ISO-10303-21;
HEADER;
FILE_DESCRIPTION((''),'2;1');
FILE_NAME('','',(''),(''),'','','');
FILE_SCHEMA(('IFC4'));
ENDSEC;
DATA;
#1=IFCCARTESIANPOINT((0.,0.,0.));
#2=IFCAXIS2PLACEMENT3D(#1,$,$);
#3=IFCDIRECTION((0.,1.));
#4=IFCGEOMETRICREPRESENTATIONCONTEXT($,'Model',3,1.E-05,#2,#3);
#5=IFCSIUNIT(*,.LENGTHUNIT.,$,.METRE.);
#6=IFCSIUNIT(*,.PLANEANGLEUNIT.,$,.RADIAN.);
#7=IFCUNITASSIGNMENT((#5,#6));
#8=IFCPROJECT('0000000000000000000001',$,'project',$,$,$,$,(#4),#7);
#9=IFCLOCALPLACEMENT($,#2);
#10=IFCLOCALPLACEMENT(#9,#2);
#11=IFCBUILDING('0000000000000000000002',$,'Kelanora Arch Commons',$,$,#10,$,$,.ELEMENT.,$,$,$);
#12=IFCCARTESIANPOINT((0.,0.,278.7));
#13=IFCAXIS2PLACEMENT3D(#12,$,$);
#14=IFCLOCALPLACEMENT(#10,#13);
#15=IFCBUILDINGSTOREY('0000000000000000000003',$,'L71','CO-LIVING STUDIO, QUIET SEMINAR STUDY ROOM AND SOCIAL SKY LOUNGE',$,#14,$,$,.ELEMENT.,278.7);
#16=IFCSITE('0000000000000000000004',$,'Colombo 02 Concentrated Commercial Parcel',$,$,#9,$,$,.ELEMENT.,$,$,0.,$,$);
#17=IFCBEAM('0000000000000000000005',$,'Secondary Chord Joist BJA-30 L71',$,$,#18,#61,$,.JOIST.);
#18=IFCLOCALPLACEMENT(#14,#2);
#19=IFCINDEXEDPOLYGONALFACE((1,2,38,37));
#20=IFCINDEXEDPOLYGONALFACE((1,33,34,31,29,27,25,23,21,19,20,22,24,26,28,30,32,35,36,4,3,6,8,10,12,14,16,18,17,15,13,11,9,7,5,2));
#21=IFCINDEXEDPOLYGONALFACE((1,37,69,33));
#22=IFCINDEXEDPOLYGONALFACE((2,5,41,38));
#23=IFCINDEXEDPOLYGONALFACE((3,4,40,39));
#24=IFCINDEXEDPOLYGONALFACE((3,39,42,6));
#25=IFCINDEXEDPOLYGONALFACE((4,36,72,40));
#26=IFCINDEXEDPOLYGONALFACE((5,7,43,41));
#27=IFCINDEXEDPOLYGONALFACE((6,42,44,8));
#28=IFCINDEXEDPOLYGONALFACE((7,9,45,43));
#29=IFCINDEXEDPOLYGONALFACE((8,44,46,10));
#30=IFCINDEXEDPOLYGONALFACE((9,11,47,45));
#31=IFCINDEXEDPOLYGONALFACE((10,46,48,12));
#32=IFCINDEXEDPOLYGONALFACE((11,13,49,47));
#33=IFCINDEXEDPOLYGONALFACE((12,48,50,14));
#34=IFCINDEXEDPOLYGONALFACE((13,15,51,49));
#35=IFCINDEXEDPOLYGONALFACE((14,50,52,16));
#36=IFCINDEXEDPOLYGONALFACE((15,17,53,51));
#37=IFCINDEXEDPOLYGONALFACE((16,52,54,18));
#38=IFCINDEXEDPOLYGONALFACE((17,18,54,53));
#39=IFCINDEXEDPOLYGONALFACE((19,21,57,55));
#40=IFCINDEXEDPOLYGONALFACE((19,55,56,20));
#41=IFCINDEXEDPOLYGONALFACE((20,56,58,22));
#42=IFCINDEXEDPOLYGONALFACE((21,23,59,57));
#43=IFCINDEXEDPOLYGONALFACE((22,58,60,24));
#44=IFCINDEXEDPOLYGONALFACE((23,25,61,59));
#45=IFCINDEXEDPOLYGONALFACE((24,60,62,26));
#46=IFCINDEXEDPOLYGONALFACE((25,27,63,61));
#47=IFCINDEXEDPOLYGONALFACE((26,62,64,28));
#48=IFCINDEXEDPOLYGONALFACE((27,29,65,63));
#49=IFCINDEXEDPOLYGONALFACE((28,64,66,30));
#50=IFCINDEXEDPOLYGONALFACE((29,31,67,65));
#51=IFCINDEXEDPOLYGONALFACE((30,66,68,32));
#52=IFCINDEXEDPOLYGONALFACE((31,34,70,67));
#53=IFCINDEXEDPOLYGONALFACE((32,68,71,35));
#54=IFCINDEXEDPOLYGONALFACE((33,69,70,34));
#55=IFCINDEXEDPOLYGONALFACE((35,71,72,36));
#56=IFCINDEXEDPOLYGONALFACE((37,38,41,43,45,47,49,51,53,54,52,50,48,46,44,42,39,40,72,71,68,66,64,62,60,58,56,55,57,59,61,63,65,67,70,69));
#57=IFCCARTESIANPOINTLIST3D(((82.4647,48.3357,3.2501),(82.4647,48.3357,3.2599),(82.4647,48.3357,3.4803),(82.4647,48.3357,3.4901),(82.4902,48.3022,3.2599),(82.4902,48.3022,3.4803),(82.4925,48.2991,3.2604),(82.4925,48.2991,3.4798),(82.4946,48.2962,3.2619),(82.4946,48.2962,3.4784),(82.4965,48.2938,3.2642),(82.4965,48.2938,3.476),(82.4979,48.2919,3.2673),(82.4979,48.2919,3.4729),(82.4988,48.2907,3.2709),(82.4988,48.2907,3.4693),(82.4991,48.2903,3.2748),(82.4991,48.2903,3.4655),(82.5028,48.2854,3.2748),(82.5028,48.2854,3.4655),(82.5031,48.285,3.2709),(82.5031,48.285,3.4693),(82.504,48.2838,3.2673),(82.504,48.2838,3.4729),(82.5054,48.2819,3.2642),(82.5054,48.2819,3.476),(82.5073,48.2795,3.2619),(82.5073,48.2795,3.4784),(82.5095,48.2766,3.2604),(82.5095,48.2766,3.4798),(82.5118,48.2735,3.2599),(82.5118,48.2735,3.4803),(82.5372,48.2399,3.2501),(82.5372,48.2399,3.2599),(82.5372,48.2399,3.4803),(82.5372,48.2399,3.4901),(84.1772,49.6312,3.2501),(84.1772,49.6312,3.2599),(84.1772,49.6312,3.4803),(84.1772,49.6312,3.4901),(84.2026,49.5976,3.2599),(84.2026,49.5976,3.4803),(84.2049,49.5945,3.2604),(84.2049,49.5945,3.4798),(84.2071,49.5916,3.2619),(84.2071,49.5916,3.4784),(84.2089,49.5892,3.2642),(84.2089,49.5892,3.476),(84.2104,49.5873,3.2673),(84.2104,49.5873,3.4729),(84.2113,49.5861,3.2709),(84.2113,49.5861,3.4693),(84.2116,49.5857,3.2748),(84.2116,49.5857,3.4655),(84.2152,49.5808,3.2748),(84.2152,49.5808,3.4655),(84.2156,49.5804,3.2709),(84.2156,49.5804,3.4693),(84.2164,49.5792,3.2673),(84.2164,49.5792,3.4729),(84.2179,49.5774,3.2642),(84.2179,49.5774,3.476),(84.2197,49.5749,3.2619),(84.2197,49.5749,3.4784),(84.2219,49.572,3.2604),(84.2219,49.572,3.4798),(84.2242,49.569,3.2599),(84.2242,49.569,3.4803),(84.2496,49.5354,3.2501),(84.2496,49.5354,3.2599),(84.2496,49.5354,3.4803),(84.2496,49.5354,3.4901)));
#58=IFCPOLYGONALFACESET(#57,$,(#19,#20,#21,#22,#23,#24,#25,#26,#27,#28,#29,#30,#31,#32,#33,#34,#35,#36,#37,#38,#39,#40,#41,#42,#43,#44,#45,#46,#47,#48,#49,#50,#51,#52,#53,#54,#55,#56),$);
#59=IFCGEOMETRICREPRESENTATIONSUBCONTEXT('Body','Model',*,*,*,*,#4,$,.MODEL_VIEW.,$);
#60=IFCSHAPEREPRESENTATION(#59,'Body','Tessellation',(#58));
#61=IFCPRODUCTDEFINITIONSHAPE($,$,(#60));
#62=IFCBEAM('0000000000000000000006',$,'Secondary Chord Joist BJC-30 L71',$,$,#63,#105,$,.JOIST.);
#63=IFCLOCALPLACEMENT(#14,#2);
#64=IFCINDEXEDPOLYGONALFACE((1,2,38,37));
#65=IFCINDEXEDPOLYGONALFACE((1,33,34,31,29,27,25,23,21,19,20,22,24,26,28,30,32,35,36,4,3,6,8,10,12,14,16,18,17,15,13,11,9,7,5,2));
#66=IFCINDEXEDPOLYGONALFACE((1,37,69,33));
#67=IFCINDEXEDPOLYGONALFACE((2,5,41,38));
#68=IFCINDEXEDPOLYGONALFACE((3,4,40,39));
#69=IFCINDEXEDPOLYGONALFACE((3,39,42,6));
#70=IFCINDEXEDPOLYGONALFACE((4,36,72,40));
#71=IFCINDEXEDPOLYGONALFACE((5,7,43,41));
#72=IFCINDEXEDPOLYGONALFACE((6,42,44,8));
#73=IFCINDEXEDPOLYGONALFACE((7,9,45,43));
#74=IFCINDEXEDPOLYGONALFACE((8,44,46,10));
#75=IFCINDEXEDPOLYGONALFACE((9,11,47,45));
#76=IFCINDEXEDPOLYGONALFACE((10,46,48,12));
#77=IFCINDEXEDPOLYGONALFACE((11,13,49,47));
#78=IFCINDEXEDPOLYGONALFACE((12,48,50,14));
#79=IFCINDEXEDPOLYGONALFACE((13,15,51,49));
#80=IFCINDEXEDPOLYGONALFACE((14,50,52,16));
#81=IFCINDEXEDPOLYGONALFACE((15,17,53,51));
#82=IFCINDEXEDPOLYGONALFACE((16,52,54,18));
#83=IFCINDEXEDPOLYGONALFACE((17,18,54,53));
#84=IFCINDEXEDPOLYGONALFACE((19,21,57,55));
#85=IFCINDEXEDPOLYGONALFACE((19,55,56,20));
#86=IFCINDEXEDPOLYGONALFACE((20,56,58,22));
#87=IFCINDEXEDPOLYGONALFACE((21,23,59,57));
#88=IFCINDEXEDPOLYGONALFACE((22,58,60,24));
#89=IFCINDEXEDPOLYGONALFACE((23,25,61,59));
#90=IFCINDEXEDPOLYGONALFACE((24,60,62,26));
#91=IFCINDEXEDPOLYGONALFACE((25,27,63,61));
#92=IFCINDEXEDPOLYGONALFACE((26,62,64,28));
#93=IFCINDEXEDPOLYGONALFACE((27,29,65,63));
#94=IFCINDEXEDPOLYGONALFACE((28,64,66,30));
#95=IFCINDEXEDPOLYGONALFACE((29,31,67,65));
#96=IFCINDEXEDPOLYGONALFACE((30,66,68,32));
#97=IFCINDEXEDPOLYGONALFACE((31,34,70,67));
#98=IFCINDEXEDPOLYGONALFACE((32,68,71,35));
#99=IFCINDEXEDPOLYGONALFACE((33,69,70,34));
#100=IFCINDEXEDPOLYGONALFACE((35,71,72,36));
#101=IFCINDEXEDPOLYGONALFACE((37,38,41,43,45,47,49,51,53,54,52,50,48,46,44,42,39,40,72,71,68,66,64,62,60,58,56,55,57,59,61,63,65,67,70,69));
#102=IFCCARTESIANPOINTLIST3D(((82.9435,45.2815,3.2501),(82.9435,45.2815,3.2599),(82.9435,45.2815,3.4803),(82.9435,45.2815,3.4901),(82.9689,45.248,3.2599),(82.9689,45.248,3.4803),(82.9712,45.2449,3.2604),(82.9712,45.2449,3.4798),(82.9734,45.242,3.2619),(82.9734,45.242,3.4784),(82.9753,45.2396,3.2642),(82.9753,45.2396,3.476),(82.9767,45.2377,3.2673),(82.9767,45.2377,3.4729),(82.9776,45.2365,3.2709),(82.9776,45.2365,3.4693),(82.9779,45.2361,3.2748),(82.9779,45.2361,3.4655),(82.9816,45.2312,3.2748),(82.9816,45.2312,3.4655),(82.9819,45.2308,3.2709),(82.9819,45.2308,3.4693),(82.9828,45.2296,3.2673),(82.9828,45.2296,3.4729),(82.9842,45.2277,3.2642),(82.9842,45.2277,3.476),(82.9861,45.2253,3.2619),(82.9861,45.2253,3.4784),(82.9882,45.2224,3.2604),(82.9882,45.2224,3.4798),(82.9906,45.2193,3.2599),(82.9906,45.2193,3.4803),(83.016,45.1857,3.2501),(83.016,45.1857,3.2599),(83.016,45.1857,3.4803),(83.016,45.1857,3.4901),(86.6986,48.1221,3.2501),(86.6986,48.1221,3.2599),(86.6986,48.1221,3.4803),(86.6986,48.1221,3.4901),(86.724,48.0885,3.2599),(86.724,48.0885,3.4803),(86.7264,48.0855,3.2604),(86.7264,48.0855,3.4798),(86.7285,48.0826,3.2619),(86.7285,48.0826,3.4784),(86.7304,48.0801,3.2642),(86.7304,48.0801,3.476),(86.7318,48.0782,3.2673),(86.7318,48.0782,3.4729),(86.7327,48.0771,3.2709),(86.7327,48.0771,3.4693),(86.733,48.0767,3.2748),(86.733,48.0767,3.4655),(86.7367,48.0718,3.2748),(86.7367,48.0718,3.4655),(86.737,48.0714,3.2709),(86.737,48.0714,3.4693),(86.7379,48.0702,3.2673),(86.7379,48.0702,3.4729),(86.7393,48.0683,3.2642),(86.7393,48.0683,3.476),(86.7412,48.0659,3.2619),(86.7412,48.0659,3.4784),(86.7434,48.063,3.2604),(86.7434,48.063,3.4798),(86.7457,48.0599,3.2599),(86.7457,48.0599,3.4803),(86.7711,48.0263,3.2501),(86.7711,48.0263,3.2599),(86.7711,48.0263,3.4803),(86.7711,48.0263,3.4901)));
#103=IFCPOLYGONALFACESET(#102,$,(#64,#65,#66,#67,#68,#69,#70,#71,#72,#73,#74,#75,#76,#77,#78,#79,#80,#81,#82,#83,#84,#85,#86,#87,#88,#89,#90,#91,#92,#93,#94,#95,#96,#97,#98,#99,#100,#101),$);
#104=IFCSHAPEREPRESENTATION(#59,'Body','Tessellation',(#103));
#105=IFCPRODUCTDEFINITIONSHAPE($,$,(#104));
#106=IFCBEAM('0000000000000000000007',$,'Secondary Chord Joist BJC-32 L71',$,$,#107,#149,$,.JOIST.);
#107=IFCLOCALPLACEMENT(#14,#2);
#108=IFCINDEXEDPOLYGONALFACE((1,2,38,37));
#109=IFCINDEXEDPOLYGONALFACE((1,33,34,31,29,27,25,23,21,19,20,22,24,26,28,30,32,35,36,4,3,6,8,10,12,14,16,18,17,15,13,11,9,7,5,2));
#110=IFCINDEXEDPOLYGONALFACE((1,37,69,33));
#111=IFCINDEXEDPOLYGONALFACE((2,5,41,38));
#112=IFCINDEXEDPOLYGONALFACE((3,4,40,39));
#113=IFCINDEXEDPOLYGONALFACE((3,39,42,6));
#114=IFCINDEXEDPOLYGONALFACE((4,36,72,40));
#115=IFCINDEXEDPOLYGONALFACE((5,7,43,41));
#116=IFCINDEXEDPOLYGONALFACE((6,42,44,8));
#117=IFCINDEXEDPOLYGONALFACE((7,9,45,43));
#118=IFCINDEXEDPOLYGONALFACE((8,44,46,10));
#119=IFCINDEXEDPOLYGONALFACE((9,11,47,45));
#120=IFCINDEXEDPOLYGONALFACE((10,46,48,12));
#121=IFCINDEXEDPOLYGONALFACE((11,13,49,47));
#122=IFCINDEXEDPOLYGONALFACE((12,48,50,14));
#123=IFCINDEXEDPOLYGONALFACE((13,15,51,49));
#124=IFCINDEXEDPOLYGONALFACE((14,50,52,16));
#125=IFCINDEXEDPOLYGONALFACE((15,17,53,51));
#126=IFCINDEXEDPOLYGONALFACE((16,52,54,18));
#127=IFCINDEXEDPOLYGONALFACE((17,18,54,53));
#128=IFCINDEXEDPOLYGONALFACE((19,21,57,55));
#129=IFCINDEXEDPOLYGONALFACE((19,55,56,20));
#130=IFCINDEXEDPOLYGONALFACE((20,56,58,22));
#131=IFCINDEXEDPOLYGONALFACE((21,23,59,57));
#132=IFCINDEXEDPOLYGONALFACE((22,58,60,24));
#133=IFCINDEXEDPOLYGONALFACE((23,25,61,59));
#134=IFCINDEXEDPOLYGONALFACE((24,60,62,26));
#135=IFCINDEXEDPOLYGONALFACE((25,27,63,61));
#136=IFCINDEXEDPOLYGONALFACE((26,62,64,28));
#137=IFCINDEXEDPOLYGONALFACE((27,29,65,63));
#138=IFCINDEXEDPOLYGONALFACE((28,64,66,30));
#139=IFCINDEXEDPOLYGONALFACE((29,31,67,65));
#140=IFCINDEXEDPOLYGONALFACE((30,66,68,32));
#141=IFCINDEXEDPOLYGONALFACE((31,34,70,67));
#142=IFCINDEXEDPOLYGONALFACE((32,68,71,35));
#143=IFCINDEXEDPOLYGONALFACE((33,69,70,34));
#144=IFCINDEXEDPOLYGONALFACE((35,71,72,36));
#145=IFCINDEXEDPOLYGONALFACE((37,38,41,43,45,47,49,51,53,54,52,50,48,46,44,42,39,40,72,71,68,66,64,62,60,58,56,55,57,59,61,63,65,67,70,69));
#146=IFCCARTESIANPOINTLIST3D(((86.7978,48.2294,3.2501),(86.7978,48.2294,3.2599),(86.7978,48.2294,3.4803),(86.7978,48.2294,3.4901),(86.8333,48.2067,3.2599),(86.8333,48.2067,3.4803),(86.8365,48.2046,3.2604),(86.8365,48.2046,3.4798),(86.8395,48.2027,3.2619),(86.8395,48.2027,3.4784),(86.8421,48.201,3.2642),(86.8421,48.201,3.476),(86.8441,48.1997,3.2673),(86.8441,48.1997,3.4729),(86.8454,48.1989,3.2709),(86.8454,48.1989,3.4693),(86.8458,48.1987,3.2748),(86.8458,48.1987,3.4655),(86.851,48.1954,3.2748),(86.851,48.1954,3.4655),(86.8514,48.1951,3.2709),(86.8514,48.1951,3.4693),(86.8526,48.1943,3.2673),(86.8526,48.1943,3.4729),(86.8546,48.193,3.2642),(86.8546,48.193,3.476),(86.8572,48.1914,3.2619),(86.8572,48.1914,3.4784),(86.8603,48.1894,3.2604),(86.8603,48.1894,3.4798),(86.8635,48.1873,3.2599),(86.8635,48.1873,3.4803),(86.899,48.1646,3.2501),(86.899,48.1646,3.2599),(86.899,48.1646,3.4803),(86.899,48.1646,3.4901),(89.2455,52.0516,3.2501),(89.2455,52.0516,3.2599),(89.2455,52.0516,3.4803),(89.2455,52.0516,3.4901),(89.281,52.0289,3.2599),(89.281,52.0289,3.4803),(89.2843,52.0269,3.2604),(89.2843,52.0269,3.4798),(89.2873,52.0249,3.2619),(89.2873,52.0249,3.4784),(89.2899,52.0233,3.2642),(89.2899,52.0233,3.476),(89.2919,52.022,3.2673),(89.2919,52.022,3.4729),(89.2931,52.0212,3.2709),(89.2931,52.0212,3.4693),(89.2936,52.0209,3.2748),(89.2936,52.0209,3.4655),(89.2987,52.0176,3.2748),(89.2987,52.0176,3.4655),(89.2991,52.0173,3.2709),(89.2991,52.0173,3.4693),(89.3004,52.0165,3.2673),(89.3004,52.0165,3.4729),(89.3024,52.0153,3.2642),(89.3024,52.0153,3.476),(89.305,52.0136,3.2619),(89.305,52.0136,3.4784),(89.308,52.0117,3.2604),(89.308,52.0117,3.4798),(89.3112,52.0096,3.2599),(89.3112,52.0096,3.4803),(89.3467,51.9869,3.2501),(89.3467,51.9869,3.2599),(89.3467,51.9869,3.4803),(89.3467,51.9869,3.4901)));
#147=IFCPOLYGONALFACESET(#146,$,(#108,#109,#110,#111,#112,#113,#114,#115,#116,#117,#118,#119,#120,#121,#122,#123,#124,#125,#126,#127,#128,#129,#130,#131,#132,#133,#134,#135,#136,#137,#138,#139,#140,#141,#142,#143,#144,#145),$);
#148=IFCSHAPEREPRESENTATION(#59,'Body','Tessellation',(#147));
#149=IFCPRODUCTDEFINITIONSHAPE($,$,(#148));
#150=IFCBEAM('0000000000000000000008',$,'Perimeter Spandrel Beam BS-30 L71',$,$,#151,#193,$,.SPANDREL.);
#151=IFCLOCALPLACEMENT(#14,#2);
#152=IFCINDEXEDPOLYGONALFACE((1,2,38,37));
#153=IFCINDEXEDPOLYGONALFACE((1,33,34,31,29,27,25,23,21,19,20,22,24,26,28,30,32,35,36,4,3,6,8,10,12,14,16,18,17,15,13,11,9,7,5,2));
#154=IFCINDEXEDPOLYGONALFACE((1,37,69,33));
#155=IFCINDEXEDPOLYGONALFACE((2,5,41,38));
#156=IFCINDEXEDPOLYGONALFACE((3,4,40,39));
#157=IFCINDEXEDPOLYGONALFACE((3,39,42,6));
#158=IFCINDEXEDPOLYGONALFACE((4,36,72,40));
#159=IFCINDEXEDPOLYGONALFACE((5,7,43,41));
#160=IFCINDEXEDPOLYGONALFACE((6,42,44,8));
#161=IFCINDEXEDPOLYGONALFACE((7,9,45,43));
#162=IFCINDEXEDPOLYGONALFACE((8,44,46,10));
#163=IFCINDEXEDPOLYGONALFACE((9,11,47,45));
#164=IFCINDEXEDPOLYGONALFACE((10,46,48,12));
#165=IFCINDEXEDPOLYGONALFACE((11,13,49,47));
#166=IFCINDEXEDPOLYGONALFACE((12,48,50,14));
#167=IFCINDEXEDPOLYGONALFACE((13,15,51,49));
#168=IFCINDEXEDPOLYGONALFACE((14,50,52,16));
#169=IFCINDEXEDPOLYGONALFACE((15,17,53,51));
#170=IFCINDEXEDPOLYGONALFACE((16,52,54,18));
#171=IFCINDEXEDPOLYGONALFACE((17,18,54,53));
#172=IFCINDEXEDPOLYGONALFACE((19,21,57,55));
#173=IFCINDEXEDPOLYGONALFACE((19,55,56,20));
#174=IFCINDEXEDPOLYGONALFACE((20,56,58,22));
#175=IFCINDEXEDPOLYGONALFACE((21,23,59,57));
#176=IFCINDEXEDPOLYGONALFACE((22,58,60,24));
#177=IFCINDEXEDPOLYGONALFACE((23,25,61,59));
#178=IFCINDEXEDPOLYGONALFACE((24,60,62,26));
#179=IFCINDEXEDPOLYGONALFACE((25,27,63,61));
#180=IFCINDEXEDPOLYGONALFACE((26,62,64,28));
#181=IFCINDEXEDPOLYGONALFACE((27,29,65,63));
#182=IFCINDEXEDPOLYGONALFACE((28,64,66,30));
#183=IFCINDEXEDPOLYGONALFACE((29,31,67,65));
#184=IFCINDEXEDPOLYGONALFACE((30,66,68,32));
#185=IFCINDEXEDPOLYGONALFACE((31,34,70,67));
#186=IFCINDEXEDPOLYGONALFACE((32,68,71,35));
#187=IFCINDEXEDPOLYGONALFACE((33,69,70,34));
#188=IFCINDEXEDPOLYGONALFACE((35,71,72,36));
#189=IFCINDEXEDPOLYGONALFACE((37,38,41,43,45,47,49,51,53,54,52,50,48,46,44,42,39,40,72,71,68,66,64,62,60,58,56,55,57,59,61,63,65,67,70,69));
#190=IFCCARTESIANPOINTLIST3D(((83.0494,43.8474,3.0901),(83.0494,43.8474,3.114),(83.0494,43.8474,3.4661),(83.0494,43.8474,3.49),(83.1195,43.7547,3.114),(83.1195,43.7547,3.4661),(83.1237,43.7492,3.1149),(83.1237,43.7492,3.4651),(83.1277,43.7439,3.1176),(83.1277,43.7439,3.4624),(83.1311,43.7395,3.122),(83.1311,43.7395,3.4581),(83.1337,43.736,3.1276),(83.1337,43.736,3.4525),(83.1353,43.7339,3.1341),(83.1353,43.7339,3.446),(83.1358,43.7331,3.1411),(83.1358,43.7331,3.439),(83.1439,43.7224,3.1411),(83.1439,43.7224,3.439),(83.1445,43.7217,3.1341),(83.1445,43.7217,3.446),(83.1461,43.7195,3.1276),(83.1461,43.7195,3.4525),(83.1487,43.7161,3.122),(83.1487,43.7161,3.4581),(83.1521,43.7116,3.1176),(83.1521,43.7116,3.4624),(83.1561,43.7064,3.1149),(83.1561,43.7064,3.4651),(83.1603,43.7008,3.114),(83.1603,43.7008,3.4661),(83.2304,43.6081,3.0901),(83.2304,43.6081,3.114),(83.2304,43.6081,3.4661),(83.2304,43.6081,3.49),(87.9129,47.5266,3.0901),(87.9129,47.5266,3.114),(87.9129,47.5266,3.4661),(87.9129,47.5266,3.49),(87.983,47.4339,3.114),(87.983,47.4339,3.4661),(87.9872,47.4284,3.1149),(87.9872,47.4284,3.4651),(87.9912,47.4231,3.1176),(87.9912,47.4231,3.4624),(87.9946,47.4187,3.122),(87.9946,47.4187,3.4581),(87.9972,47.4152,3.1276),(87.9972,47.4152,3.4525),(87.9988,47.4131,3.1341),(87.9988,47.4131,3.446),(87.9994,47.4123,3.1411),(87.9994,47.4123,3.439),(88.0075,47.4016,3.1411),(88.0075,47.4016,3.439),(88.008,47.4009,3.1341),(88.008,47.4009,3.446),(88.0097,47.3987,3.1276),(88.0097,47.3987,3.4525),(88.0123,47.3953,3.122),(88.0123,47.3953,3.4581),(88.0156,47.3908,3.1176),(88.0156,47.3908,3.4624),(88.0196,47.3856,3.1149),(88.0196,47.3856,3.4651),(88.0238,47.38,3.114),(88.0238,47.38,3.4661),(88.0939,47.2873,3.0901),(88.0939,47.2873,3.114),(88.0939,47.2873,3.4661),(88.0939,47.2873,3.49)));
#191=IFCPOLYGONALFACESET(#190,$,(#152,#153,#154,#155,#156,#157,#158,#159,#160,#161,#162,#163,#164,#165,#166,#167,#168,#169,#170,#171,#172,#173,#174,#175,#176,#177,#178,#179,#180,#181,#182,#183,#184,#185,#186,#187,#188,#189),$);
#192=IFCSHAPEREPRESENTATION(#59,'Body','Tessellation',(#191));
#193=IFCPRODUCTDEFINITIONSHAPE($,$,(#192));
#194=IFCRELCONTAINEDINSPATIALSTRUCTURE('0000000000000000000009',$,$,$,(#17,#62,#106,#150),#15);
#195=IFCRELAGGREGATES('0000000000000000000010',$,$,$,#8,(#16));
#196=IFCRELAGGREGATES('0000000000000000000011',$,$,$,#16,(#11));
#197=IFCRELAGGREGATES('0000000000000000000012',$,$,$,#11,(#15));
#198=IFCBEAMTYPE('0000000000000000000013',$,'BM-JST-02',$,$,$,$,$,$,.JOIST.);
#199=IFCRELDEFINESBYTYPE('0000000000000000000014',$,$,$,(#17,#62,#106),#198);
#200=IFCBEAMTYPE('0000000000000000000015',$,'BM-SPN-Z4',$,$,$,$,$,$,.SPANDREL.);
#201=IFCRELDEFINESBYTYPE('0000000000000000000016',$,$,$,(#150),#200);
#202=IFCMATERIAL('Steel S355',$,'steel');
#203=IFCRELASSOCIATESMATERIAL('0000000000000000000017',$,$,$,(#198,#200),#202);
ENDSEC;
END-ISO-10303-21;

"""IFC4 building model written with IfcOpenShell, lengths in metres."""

from ifc_helpers import new_model, si_unit, direction, frame, origin, origin_2d, place, context, subcontext, project, spatial, i_section, extrude, material, material_profile, profile_set, type_object, element, save


model = new_model("IFC4")

# Units and contexts
model_context = context("Model", 3, precision=1e-05, world=origin(), true_north=direction((0.0, 1.0)))
body_context = subcontext(model_context, "Body", "Model", "MODEL_VIEW")
ifc_project = project(units=[si_unit("LENGTHUNIT", "METRE"), si_unit("PLANEANGLEUNIT", "RADIAN")], contexts=[model_context])

# Site, building, storey
site_placement = place(None, origin())
site = spatial("IfcSite", under=ifc_project, at=site_placement, Name="Colombo 02 Concentrated Commercial Parcel", CompositionType="ELEMENT", RefElevation=0.0)
building_placement = place(site_placement, origin())
building = spatial("IfcBuilding", under=site, at=building_placement, Name="Kelanora Arch Commons", CompositionType="ELEMENT")
storey_placement = place(building_placement, frame((0.0, 0.0, 278.7)))
storey = spatial("IfcBuildingStorey", under=building, at=storey_placement, Name="L71", Description="CO-LIVING STUDIO, QUIET SEMINAR STUDY ROOM AND SOCIAL SKY LOUNGE", CompositionType="ELEMENT", Elevation=278.7)

# Beams
ifc_material_1 = material(Name="Steel S355", Category="steel")
ifc_material_profile_1 = material_profile(ifc_material_1, i_section(OverallWidth=0.1201, OverallDepth=0.24, WebThickness=0.0061, FlangeThickness=0.0098, FilletRadius=0.0149, at=origin_2d()), Name="IPE240")
ifc_profile_set_1 = profile_set([ifc_material_profile_1], Name="Steel S355")
beam_type_1 = type_object("IfcBeamType", Name="BM-JST-02", PredefinedType="JOIST", material=ifc_profile_set_1)
beam_1_placement = place(storey_placement, frame((82.501, 48.2878, 3.3701), z_axis=(0.79751, 0.603306, 0.0), x_axis=(-0.603306, 0.79751, 0.0)))
element("IfcBeam", 1, at=beam_1_placement, inside=storey, type_object=beam_type_1, Name="Secondary Chord Joist BJA-30 L71", PredefinedType="JOIST", context=body_context, shape_type="SweptSolid", body=[
    extrude(i_section(OverallWidth=0.1201, OverallDepth=0.24, WebThickness=0.0061, FlangeThickness=0.0098, FilletRadius=0.0149, at=origin_2d()), origin(), (0.0, 0.0, 1.0), 2.1472),
])
beam_2_placement = place(storey_placement, frame((82.9797, 45.2336, 3.3701), z_axis=(0.797523, 0.603289, 0.0), x_axis=(-0.603289, 0.797523, 0.0)))
element("IfcBeam", 2, at=beam_2_placement, inside=storey, type_object=beam_type_1, Name="Secondary Chord Joist BJC-30 L71", PredefinedType="JOIST", context=body_context, shape_type="SweptSolid", body=[
    extrude(i_section(OverallWidth=0.1201, OverallDepth=0.24, WebThickness=0.0061, FlangeThickness=0.0098, FilletRadius=0.0149, at=origin_2d()), origin(), (0.0, 0.0, 1.0), 4.7085),
])
beam_3_placement = place(storey_placement, frame((86.8484, 48.197, 3.3701), z_axis=(0.539289, 0.842121, 0.0), x_axis=(-0.842121, 0.539289, 0.0)))
element("IfcBeam", 3, at=beam_3_placement, inside=storey, type_object=beam_type_1, Name="Secondary Chord Joist BJC-32 L71", PredefinedType="JOIST", context=body_context, shape_type="SweptSolid", body=[
    extrude(i_section(OverallWidth=0.1201, OverallDepth=0.24, WebThickness=0.0061, FlangeThickness=0.0098, FilletRadius=0.0149, at=origin_2d()), origin(), (0.0, 0.0, 1.0), 4.5388),
])
ifc_material_profile_2 = material_profile(ifc_material_1, i_section(OverallWidth=0.3, OverallDepth=0.3999, WebThickness=0.0134, FlangeThickness=0.0239, FilletRadius=0.0271, at=origin_2d()), Name="HEB400")
ifc_profile_set_2 = profile_set([ifc_material_profile_2], Name="Steel S355")
beam_type_2 = type_object("IfcBeamType", Name="BM-SPN-Z4", PredefinedType="SPANDREL", material=ifc_profile_set_2)
beam_4_placement = place(storey_placement, frame((83.1399, 43.7278, 3.29), z_axis=(0.797509, 0.603306, 0.0), x_axis=(-0.603306, 0.797509, 0.0)))
element("IfcBeam", 4, at=beam_4_placement, inside=storey, type_object=beam_type_2, Name="Perimeter Spandrel Beam BS-30 L71", PredefinedType="SPANDREL", context=body_context, shape_type="SweptSolid", body=[
    extrude(i_section(OverallWidth=0.3, OverallDepth=0.3999, WebThickness=0.0134, FlangeThickness=0.0239, FilletRadius=0.0271, at=origin_2d()), origin(), (0.0, 0.0, 1.0), 6.0984),
])

save(model, "model.ifc")
